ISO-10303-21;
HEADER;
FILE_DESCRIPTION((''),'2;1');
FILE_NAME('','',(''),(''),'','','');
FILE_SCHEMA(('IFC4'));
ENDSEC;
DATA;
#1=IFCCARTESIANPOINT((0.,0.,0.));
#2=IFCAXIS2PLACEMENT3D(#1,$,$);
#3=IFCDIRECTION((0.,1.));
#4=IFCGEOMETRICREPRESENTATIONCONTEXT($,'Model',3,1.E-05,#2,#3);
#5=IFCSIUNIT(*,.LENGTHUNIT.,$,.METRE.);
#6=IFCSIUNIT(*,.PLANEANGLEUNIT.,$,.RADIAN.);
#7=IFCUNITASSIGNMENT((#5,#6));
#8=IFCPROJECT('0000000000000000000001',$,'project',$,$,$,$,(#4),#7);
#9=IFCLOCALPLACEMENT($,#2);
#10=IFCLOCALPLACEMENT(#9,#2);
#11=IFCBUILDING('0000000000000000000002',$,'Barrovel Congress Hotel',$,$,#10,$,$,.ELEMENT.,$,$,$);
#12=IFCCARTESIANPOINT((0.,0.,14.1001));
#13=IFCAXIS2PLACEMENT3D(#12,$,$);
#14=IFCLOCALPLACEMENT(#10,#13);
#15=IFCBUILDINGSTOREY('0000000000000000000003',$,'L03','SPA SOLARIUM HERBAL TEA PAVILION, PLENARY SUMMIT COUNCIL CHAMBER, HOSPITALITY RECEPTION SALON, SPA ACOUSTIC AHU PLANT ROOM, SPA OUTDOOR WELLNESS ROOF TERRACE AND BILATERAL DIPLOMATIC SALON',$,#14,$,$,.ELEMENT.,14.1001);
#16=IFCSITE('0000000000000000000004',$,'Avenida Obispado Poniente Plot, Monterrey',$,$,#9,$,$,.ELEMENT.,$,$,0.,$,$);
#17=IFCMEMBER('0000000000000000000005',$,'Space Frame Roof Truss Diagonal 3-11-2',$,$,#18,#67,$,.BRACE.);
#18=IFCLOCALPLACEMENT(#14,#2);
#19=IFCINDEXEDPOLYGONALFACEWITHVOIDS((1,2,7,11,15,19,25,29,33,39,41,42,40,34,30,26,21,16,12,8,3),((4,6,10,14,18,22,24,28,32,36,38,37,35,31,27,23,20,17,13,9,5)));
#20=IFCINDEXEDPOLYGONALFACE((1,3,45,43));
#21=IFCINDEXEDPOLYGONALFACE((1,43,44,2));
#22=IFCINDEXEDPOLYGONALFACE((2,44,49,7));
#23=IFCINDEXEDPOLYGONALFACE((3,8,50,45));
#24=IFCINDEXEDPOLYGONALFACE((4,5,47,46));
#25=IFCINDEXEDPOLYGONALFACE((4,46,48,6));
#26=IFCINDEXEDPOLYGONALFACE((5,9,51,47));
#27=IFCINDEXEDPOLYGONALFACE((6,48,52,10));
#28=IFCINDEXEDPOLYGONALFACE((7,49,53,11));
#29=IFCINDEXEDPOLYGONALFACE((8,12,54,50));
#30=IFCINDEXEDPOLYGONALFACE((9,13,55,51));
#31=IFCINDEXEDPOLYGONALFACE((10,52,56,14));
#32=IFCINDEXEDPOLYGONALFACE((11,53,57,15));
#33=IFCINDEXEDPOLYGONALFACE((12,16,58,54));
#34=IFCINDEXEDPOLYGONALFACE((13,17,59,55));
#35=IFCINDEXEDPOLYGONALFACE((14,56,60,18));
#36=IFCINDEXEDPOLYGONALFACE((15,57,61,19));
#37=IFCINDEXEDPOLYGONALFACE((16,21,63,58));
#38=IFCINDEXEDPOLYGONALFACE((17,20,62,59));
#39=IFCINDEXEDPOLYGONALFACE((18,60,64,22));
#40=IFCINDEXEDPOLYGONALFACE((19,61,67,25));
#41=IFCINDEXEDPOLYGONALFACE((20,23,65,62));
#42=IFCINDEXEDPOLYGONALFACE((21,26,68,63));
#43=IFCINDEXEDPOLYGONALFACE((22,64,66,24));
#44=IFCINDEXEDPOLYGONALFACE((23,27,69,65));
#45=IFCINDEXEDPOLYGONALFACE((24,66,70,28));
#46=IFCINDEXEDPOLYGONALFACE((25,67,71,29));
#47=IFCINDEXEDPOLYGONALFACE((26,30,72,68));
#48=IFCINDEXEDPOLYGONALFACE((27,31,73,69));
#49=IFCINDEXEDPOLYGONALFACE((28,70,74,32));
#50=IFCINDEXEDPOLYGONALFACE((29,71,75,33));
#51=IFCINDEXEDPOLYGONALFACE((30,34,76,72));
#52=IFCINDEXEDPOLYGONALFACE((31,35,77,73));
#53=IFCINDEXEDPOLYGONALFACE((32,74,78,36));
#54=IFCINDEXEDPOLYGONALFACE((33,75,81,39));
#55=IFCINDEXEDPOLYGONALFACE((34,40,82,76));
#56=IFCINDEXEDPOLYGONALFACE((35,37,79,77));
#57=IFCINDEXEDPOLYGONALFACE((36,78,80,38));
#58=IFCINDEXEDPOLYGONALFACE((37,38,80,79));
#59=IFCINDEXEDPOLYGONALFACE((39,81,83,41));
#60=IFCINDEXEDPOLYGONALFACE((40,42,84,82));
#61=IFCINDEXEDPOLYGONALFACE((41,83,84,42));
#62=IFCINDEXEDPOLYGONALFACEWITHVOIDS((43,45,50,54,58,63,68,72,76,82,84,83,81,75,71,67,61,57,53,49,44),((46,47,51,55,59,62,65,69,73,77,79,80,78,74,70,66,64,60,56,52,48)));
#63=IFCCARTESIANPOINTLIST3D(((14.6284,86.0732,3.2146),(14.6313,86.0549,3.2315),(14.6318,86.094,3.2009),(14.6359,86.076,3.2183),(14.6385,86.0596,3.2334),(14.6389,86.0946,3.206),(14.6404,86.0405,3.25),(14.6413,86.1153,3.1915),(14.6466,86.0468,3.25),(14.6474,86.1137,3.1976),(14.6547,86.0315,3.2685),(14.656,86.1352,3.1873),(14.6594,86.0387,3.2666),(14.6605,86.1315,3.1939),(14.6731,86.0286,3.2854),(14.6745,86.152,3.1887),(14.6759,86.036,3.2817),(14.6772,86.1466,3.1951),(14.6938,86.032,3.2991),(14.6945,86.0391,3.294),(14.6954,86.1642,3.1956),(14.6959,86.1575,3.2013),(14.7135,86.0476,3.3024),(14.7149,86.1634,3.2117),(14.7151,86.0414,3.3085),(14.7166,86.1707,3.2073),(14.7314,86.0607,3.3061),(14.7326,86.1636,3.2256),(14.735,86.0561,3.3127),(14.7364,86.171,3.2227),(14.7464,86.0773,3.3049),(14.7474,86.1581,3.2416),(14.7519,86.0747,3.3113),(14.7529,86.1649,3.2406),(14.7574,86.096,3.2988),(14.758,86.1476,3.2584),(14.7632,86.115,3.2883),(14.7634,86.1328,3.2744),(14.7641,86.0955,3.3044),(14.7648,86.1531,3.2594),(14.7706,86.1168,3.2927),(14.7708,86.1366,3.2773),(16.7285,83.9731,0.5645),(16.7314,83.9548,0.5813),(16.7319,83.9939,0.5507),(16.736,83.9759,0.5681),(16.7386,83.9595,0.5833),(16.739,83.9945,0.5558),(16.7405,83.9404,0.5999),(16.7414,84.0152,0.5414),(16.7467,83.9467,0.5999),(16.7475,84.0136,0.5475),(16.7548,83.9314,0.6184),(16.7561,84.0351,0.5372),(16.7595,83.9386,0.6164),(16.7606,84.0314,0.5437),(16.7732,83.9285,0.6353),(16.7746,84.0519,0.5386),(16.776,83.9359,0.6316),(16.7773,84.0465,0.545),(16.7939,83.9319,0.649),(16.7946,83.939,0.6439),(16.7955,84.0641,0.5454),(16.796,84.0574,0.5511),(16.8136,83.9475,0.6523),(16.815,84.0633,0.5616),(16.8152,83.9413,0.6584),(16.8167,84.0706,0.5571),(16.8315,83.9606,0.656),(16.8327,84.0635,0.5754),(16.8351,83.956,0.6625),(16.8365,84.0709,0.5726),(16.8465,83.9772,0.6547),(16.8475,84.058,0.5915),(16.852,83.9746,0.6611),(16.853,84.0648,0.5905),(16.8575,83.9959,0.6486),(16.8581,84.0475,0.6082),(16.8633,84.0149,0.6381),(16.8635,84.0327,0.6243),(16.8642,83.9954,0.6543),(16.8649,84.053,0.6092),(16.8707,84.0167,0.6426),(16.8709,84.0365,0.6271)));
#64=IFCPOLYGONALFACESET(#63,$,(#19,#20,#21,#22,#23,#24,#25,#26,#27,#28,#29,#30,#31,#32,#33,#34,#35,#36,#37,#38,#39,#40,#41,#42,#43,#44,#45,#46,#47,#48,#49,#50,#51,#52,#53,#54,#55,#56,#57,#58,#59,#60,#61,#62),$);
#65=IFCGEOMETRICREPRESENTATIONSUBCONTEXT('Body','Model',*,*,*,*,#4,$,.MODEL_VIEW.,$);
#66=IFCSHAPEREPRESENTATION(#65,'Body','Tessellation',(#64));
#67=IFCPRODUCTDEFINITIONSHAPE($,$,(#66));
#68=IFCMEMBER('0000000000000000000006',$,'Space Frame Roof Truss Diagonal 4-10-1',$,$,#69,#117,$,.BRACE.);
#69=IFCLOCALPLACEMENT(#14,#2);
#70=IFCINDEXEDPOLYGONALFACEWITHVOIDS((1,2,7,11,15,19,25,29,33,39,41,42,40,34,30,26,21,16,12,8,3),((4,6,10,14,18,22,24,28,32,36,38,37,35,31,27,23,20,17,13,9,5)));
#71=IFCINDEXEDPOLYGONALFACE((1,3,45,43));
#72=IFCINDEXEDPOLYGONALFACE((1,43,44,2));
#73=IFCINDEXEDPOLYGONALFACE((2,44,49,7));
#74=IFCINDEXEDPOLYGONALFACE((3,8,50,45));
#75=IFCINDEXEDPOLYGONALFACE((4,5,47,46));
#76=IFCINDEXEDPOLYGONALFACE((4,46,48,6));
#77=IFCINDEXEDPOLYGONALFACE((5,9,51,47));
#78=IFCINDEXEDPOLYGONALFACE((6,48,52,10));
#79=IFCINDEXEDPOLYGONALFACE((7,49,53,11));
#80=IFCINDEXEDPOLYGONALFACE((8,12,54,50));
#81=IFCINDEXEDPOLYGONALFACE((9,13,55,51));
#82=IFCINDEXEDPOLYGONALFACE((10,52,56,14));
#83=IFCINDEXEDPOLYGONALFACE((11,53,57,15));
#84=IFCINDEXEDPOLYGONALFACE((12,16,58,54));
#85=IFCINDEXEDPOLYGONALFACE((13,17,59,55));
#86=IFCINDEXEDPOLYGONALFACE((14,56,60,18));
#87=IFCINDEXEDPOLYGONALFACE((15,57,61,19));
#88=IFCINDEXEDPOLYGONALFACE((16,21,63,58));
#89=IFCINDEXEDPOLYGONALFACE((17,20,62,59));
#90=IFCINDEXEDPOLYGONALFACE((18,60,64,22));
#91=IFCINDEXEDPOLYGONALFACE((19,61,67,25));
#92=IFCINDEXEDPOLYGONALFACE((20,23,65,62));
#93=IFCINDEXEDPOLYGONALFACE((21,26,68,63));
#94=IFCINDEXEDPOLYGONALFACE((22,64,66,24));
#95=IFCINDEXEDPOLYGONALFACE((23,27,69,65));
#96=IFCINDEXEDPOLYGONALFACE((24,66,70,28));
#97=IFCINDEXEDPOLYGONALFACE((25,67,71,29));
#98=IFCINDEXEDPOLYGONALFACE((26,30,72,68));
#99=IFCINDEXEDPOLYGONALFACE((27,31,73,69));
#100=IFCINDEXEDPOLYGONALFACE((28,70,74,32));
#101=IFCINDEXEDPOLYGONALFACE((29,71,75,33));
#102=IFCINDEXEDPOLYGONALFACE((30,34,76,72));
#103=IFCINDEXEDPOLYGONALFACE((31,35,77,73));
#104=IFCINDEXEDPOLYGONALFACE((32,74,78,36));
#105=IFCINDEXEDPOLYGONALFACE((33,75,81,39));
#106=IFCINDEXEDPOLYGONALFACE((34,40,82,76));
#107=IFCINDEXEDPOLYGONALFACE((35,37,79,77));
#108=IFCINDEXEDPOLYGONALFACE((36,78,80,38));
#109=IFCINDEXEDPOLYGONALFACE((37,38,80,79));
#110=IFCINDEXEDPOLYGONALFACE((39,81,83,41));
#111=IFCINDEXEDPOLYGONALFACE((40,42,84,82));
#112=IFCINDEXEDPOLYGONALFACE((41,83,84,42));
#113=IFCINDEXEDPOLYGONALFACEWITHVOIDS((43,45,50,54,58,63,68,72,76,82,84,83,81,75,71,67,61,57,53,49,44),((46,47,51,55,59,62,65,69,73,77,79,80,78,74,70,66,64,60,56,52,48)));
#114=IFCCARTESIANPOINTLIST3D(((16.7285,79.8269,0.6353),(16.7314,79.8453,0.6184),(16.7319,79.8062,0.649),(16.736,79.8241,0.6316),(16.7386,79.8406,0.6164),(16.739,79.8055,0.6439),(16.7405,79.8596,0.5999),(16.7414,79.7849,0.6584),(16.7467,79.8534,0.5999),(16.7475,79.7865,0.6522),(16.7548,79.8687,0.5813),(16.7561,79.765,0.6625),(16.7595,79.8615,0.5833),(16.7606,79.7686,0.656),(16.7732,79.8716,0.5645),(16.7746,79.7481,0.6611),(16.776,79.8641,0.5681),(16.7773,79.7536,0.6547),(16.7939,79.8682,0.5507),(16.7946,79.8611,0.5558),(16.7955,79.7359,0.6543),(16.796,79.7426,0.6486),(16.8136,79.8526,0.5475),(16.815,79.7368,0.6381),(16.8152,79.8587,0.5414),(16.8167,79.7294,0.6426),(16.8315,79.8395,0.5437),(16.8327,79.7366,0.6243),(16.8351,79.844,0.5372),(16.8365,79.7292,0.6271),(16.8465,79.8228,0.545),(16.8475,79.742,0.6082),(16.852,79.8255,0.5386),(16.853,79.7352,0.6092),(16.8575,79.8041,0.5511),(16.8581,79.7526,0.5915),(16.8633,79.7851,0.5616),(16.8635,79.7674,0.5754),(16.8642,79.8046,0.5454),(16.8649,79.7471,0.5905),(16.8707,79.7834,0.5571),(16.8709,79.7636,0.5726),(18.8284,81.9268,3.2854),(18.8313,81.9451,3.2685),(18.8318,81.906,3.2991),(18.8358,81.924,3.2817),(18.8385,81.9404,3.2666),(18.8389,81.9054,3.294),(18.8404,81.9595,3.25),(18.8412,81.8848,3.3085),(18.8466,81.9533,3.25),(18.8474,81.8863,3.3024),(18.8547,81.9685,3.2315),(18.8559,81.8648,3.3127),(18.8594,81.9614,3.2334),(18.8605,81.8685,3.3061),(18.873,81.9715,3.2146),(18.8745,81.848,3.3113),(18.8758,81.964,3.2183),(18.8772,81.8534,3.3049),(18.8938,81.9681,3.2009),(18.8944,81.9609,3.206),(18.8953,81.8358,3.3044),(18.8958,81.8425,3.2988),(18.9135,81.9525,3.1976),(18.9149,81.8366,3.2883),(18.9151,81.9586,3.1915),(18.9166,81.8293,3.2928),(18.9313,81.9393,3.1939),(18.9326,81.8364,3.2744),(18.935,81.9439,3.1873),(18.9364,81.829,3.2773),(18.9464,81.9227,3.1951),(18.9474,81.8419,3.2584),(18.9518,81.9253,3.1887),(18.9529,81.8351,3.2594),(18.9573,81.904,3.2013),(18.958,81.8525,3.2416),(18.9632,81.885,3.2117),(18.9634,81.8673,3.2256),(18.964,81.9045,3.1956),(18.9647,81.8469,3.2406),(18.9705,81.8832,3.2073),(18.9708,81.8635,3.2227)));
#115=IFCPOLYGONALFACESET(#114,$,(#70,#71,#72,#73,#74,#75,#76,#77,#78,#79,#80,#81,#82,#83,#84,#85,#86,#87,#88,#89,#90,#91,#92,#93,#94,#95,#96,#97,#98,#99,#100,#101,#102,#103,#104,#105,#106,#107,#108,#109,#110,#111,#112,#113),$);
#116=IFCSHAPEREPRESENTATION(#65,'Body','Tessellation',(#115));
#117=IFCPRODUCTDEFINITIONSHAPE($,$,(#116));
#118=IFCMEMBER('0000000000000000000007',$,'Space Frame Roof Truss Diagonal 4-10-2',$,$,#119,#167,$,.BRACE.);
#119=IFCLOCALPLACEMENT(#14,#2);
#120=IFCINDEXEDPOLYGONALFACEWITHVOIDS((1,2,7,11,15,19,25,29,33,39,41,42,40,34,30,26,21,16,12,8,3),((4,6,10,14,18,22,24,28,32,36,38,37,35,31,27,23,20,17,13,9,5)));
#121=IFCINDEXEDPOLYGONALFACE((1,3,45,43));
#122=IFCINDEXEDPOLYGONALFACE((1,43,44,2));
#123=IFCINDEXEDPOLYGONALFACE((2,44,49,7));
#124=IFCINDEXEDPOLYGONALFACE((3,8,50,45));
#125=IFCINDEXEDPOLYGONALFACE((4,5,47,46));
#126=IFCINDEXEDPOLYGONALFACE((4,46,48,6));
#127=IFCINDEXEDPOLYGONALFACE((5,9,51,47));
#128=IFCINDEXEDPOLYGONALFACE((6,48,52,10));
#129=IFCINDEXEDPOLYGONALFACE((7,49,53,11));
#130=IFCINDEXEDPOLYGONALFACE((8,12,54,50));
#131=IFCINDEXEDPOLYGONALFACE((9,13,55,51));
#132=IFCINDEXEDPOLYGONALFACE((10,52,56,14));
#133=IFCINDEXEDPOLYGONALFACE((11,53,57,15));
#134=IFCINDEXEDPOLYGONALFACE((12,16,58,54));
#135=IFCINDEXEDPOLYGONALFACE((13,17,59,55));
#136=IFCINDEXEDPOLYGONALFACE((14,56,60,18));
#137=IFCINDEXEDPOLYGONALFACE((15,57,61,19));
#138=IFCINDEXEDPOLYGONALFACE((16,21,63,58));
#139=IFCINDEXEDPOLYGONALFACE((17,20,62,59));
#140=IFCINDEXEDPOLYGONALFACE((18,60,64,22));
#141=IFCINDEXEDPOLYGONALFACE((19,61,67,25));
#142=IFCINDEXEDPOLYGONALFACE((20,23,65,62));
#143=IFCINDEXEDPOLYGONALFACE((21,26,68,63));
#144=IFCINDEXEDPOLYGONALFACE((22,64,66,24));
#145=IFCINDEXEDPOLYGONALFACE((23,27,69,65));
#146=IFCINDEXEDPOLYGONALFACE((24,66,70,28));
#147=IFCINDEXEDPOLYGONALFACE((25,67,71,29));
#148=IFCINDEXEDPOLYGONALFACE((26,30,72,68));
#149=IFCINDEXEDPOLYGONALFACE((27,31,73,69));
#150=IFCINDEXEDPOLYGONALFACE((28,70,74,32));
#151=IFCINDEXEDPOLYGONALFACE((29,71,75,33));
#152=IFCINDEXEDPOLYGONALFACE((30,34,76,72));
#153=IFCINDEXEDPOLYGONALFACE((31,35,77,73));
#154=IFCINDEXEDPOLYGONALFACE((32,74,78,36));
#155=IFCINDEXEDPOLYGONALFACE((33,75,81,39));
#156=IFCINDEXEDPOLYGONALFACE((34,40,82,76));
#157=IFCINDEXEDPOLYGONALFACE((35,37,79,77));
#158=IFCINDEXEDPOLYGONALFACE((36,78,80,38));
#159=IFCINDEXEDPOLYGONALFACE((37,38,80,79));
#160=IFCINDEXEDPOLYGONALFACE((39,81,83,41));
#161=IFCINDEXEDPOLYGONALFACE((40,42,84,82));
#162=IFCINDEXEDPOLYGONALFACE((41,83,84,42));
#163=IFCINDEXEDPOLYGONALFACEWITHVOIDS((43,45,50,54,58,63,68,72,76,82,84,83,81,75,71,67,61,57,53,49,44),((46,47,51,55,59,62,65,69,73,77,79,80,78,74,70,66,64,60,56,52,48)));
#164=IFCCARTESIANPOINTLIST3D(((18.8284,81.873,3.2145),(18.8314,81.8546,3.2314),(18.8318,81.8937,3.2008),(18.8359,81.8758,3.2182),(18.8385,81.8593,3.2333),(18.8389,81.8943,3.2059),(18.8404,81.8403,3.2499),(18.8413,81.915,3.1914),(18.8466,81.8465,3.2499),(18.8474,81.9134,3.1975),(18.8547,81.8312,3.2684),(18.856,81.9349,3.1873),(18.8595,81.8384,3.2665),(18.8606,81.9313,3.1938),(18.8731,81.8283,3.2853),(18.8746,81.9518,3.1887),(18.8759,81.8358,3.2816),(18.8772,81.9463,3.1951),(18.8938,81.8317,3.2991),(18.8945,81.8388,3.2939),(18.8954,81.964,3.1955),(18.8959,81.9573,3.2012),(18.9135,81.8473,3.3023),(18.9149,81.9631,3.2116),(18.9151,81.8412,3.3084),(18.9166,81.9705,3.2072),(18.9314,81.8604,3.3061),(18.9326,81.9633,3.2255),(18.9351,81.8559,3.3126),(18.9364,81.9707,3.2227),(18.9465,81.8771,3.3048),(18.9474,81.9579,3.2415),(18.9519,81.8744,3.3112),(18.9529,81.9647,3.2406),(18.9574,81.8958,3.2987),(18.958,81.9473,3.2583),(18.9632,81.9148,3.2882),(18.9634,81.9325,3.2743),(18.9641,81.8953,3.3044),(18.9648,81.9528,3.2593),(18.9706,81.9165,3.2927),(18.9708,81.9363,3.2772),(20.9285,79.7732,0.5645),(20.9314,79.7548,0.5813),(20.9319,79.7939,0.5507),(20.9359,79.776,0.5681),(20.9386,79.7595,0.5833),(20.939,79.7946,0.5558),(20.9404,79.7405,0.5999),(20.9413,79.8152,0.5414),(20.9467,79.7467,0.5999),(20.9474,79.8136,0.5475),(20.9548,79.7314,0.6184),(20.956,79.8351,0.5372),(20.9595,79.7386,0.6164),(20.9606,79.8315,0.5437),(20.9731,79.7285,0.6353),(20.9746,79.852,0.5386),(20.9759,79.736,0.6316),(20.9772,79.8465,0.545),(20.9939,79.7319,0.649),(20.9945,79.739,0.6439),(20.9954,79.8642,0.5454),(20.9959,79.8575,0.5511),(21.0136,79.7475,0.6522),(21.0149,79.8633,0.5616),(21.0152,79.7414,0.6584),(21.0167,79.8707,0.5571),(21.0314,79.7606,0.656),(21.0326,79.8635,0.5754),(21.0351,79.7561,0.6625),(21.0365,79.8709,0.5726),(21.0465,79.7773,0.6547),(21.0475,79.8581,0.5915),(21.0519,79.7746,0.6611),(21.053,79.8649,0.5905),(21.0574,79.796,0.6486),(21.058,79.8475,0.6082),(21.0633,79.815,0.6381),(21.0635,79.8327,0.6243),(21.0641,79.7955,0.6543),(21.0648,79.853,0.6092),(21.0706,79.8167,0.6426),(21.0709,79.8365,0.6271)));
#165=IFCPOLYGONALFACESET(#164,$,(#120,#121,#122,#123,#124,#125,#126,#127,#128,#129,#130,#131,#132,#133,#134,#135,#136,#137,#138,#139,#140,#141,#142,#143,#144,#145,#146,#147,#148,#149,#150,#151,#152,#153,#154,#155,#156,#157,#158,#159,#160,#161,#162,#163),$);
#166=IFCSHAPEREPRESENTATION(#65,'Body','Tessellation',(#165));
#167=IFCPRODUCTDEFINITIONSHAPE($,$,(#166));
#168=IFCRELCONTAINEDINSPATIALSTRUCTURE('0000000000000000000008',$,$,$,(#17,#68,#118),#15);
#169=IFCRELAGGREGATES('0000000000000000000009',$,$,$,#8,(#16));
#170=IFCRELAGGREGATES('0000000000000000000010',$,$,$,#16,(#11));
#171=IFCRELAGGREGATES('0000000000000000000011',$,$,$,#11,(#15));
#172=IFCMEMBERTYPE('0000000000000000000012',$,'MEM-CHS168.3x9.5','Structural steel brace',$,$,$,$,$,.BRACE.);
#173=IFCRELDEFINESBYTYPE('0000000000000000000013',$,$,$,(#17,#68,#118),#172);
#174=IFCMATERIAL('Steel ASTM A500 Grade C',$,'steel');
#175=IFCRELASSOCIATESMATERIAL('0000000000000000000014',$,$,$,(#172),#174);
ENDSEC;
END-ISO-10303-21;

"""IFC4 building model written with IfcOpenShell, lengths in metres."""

from ifc_helpers import new_model, si_unit, direction, frame, origin, origin_2d, place, context, subcontext, project, spatial, hollow_circle, extrude, material, material_profile, profile_set, type_object, element, save


model = new_model("IFC4")

# Units and contexts
model_context = context("Model", 3, precision=1e-05, world=origin(), true_north=direction((0.0, 1.0)))
body_context = subcontext(model_context, "Body", "Model", "MODEL_VIEW")
ifc_project = project(units=[si_unit("LENGTHUNIT", "METRE"), si_unit("PLANEANGLEUNIT", "RADIAN")], contexts=[model_context])

# Site, building, storey
site_placement = place(None, origin())
site = spatial("IfcSite", under=ifc_project, at=site_placement, Name="Avenida Obispado Poniente Plot, Monterrey", CompositionType="ELEMENT", RefElevation=0.0)
building_placement = place(site_placement, origin())
building = spatial("IfcBuilding", under=site, at=building_placement, Name="Barrovel Congress Hotel", CompositionType="ELEMENT")
storey_placement = place(building_placement, frame((0.0, 0.0, 14.1001)))
storey = spatial("IfcBuildingStorey", under=building, at=storey_placement, Name="L03", Description="SPA SOLARIUM HERBAL TEA PAVILION, PLENARY SUMMIT COUNCIL CHAMBER, HOSPITALITY RECEPTION SALON, SPA ACOUSTIC AHU PLANT ROOM, SPA OUTDOOR WELLNESS ROOF TERRACE AND BILATERAL DIPLOMATIC SALON", CompositionType="ELEMENT", Elevation=14.1001)

# Members
ifc_material_1 = material(Name="Steel ASTM A500 Grade C", Category="steel")
ifc_material_profile_1 = material_profile(ifc_material_1, hollow_circle(Radius=0.0842, WallThickness=0.0088, at=origin_2d()), Name="CHS168.3x9.5")
ifc_profile_set_1 = profile_set([ifc_material_profile_1], Name="Steel ASTM A500 Grade C")
member_type_1 = type_object("IfcMemberType", Name="MEM-CHS168.3x9.5", Description="Structural steel brace", PredefinedType="BRACE", material=ifc_profile_set_1)
for number, where, z_axis, x_axis, name in (
    (1, (16.8, 84.0, 0.5999), (-0.527601, 0.527601, 0.665788), (-0.707107, -0.707107, 0.0), "Space Frame Roof Truss Diagonal 3-11-2"),
):
    element("IfcMember", number, at=place(storey_placement, frame(where, z_axis=z_axis, x_axis=x_axis)), inside=storey, type_object=member_type_1, Name=name, PredefinedType="BRACE", context=body_context, shape_type="SweptSolid", body=[
        extrude(hollow_circle(Radius=0.0842, WallThickness=0.0088, at=origin_2d()), origin(), (0.0, 0.0, 1.0), 3.9805),
    ])
for number, where, z_axis, x_axis, name in (
    (2, (16.8, 79.8, 0.5999), (0.527574, 0.527574, 0.665831), (-0.707107, 0.707107, 0.0), "Space Frame Roof Truss Diagonal 4-10-1"),
    (3, (21.0, 79.8, 0.5999), (-0.527618, 0.527557, 0.66581), (-0.707066, -0.707148, 0.0), "Space Frame Roof Truss Diagonal 4-10-2"),
):
    element("IfcMember", number, at=place(storey_placement, frame(where, z_axis=z_axis, x_axis=x_axis)), inside=storey, type_object=member_type_1, Name=name, PredefinedType="BRACE", context=body_context, shape_type="SweptSolid", body=[
        extrude(hollow_circle(Radius=0.0842, WallThickness=0.0088, at=origin_2d()), origin(), (0.0, 0.0, 1.0), 3.9802),
    ])

save(model, "model.ifc")
